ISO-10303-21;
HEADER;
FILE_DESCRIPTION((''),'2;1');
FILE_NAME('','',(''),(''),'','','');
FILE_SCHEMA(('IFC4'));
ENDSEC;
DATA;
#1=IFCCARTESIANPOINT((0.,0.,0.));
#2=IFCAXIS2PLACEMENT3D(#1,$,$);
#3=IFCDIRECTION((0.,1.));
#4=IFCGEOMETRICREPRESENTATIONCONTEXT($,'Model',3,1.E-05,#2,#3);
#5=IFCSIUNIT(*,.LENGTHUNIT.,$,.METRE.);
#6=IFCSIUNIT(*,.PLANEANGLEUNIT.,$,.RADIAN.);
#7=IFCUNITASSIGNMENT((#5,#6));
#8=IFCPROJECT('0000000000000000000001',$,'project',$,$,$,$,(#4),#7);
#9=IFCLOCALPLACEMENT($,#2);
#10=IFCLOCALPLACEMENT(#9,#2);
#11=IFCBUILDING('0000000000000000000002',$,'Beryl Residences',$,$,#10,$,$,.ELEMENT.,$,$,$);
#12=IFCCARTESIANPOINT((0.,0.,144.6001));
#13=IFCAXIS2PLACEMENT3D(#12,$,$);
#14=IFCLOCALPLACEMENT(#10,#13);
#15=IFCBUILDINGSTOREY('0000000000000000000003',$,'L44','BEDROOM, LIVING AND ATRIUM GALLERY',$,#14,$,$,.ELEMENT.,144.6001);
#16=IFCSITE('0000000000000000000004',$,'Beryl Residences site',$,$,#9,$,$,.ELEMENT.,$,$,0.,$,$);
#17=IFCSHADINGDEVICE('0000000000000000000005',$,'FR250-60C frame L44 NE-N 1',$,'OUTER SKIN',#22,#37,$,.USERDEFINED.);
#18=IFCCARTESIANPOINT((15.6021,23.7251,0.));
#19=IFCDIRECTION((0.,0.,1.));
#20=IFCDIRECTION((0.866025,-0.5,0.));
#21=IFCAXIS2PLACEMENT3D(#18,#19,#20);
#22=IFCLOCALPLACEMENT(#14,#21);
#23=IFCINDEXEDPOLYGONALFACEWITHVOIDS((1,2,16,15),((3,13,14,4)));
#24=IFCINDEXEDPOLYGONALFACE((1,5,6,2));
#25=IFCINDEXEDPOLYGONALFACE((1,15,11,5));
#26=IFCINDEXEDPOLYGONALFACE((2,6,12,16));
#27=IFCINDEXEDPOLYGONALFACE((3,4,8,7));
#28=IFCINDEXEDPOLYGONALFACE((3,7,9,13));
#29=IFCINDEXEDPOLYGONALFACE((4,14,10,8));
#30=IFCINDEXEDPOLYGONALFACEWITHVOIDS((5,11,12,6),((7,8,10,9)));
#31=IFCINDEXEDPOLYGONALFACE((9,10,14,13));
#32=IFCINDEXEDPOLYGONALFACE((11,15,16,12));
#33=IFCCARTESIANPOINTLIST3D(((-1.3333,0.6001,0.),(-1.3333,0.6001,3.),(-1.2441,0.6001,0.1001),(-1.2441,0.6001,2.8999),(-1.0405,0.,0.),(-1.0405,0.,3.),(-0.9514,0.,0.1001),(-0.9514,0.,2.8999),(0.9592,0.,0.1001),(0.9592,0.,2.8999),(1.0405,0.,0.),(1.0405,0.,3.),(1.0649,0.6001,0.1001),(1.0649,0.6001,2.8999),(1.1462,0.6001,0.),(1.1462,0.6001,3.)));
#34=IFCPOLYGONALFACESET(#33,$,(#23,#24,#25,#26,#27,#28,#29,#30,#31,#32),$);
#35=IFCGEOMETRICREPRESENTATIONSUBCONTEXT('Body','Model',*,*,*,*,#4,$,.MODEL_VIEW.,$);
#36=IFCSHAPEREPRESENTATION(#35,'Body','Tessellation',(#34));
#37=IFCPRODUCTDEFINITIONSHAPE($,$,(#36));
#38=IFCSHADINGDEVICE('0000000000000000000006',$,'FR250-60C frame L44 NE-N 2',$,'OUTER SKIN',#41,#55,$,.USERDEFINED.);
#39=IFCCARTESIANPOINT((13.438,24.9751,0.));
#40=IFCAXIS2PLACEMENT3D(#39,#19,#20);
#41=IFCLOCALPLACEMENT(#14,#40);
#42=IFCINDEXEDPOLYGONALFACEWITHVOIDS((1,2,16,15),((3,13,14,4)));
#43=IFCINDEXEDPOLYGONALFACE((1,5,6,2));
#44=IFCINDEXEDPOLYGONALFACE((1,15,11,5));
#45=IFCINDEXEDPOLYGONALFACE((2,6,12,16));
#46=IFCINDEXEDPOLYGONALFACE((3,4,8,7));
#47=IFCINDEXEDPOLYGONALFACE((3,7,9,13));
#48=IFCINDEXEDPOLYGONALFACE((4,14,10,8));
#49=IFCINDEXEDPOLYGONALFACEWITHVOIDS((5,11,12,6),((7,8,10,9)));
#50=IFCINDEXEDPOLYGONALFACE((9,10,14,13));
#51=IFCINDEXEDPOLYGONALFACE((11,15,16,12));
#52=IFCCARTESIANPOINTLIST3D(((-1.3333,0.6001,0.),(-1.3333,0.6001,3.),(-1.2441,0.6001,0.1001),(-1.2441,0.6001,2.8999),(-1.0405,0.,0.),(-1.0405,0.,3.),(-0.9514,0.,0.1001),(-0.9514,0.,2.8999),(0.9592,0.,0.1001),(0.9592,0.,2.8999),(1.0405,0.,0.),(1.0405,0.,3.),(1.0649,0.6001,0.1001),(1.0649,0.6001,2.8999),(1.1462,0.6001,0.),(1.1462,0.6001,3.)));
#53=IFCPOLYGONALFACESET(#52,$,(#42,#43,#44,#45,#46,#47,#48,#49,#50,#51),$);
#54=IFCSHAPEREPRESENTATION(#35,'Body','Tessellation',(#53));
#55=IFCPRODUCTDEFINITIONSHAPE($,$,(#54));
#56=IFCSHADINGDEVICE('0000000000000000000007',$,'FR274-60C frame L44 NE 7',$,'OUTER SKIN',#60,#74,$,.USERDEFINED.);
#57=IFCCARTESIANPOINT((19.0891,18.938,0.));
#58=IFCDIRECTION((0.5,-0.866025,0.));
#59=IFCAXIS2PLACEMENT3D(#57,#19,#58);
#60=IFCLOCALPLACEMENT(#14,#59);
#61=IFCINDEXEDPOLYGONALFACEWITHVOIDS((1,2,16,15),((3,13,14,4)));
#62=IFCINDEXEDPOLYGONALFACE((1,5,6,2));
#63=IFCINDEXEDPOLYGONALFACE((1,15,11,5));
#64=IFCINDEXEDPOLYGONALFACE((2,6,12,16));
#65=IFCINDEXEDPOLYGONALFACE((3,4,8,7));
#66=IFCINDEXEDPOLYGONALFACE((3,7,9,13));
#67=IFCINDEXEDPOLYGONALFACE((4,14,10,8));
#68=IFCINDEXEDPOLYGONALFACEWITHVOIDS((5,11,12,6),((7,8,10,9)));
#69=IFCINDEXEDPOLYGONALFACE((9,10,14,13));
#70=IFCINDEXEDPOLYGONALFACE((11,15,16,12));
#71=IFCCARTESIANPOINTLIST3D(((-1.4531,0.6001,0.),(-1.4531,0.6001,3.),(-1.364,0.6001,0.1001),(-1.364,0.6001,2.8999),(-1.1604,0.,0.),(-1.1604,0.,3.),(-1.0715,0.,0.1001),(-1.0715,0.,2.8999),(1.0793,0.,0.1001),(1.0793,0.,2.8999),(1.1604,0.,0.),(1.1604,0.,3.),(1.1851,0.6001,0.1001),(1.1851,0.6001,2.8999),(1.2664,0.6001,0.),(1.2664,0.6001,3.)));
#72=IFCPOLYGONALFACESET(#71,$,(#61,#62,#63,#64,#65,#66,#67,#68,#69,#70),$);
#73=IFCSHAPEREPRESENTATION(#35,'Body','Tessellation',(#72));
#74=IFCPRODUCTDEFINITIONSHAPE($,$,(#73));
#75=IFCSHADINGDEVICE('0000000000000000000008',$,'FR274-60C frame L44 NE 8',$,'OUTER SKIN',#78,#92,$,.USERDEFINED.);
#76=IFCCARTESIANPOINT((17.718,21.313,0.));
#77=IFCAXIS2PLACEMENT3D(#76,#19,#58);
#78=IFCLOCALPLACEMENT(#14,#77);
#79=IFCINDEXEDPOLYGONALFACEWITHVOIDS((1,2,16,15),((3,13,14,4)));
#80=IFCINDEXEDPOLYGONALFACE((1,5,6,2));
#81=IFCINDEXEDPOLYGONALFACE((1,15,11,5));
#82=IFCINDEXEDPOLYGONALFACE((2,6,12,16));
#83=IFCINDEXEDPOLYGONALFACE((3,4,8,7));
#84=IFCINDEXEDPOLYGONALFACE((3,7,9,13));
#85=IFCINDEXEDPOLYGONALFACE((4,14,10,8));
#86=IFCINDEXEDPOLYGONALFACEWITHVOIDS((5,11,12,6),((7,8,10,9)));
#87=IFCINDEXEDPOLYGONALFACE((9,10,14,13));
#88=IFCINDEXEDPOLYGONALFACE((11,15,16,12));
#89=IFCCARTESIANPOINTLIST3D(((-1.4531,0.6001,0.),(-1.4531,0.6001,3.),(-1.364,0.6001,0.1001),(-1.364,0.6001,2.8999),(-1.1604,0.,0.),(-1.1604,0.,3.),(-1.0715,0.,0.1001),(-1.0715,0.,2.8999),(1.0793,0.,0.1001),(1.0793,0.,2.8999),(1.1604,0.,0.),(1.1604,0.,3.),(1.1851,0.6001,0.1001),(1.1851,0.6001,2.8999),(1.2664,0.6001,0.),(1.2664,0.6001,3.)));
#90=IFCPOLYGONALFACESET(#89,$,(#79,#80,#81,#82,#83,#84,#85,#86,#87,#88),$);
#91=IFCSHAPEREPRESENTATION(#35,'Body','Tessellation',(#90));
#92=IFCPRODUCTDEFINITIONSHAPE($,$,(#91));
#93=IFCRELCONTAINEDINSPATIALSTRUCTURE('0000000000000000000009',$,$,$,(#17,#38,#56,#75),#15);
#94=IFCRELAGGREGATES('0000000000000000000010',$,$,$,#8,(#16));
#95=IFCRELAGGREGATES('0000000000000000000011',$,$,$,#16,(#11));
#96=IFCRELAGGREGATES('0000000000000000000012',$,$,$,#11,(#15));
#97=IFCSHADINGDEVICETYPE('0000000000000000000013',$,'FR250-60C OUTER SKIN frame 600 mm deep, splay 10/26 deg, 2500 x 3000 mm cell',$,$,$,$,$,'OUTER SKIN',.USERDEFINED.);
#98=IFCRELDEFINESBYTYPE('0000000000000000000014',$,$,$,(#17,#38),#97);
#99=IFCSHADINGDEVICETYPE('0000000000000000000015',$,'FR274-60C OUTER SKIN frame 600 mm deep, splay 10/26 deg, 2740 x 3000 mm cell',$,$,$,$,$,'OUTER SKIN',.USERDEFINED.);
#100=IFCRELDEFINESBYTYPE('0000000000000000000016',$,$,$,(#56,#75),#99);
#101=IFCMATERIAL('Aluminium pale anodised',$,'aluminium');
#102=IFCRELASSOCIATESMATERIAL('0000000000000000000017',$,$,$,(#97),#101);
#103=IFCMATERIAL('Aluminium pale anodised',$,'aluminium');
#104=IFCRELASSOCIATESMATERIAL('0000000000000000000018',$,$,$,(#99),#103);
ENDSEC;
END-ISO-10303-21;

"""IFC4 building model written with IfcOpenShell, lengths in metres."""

from ifc_helpers import new_model, entity, si_unit, direction, frame, origin, place, context, subcontext, project, spatial, source, transform, mapped, material, type_object, type_shapes, element, save


model = new_model("IFC4")

# Units and contexts
model_context = context("Model", 3, precision=1e-05, world=origin(), true_north=direction((0.0, 1.0)))
body_context = subcontext(model_context, "Body", "Model", "MODEL_VIEW")
ifc_project = project(units=[si_unit("LENGTHUNIT", "METRE"), si_unit("PLANEANGLEUNIT", "RADIAN")], contexts=[model_context])

# Site, building, storey
site_placement = place(None, origin())
site = spatial("IfcSite", under=ifc_project, at=site_placement, Name="Beryl Residences site", CompositionType="ELEMENT", RefElevation=0.0)
building_placement = place(site_placement, origin())
building = spatial("IfcBuilding", under=site, at=building_placement, Name="Beryl Residences", CompositionType="ELEMENT")
storey_placement = place(building_placement, frame((0.0, 0.0, 144.6001)))
storey = spatial("IfcBuildingStorey", under=building, at=storey_placement, Name="L44", Description="BEDROOM, LIVING AND ATRIUM GALLERY", CompositionType="ELEMENT", Elevation=144.6001)

# Shading devices
ifc_material_1 = material(Name="Aluminium pale anodised", Category="aluminium")
shading_device_type_1 = type_object("IfcShadingDeviceType", Name="FR250-60C OUTER SKIN frame 600 mm deep, splay 10/26 deg, 2500 x 3000 mm cell", ElementType="OUTER SKIN", PredefinedType="USERDEFINED", material=ifc_material_1)
cartesian_point_1 = entity("IfcCartesianPoint", [-1.0405, 0.0])
cartesian_point_2 = entity("IfcCartesianPoint", [-0.9592, 0.1001])
cartesian_point_3 = entity("IfcCartesianPoint", [-1.1462, 0.0])
cartesian_point_4 = entity("IfcCartesianPoint", [-1.0649, 0.1001])
shared_shape_1 = source(origin(), body_context, "Body", "SweptSolid", [
    entity("IfcExtrudedAreaSolidTapered", entity("IfcArbitraryProfileDefWithVoids", "AREA", None, entity("IfcPolyline", [cartesian_point_1, entity("IfcCartesianPoint", [1.0405, 0.0]), entity("IfcCartesianPoint", [1.0405, 3.0]), entity("IfcCartesianPoint", [-1.0405, 3.0]), cartesian_point_1]), [entity("IfcPolyline", [cartesian_point_2, entity("IfcCartesianPoint", [0.9514, 0.1001]), entity("IfcCartesianPoint", [0.9514, 2.8999]), entity("IfcCartesianPoint", [-0.9592, 2.8999]), cartesian_point_2])]), entity("IfcAxis2Placement3D", entity("IfcCartesianPoint", [0.0, 0.0, 0.0]), entity("IfcDirection", [0.0, 1.0, 0.0]), entity("IfcDirection", [-1.0, 0.0, 0.0])), entity("IfcDirection", [0.0, 0.0, 1.0]), 0.6001, entity("IfcArbitraryProfileDefWithVoids", "AREA", None, entity("IfcPolyline", [cartesian_point_3, entity("IfcCartesianPoint", [1.3333, 0.0]), entity("IfcCartesianPoint", [1.3333, 3.0]), entity("IfcCartesianPoint", [-1.1462, 3.0]), cartesian_point_3]), [entity("IfcPolyline", [cartesian_point_4, entity("IfcCartesianPoint", [1.2441, 0.1001]), entity("IfcCartesianPoint", [1.2441, 2.8999]), entity("IfcCartesianPoint", [-1.0649, 2.8999]), cartesian_point_4])])),
])
type_shapes(shading_device_type_1, [shared_shape_1])
for number, where, z_axis, x_axis, name in (
    (1, (15.6021, 23.7251, 0.0), (0.0, 0.0, 1.0), (0.866025, -0.5, 0.0), "FR250-60C frame L44 NE-N 1"),
    (2, (13.438, 24.9751, 0.0), (0.0, 0.0, 1.0), (0.866025, -0.5, 0.0), "FR250-60C frame L44 NE-N 2"),
):
    element("IfcShadingDevice", number, at=place(storey_placement, frame(where, z_axis=z_axis, x_axis=x_axis)), inside=storey, type_object=shading_device_type_1, Name=name, ObjectType="OUTER SKIN", PredefinedType="USERDEFINED", context=body_context, shape_type="MappedRepresentation", body=[
        mapped(shared_shape_1, transform((0.0, 0.0, 0.0))),
    ])
ifc_material_2 = material(Name="Aluminium pale anodised", Category="aluminium")
shading_device_type_2 = type_object("IfcShadingDeviceType", Name="FR274-60C OUTER SKIN frame 600 mm deep, splay 10/26 deg, 2740 x 3000 mm cell", ElementType="OUTER SKIN", PredefinedType="USERDEFINED", material=ifc_material_2)
cartesian_point_5 = entity("IfcCartesianPoint", [-1.1604, 0.0])
cartesian_point_6 = entity("IfcCartesianPoint", [-1.0793, 0.1001])
cartesian_point_7 = entity("IfcCartesianPoint", [-1.2664, 0.0])
cartesian_point_8 = entity("IfcCartesianPoint", [-1.1851, 0.1001])
shared_shape_2 = source(origin(), body_context, "Body", "SweptSolid", [
    entity("IfcExtrudedAreaSolidTapered", entity("IfcArbitraryProfileDefWithVoids", "AREA", None, entity("IfcPolyline", [cartesian_point_5, entity("IfcCartesianPoint", [1.1604, 0.0]), entity("IfcCartesianPoint", [1.1604, 3.0]), entity("IfcCartesianPoint", [-1.1604, 3.0]), cartesian_point_5]), [entity("IfcPolyline", [cartesian_point_6, entity("IfcCartesianPoint", [1.0715, 0.1001]), entity("IfcCartesianPoint", [1.0715, 2.8999]), entity("IfcCartesianPoint", [-1.0793, 2.8999]), cartesian_point_6])]), entity("IfcAxis2Placement3D", entity("IfcCartesianPoint", [0.0, 0.0, 0.0]), entity("IfcDirection", [0.0, 1.0, 0.0]), entity("IfcDirection", [-1.0, 0.0, 0.0])), entity("IfcDirection", [0.0, 0.0, 1.0]), 0.6001, entity("IfcArbitraryProfileDefWithVoids", "AREA", None, entity("IfcPolyline", [cartesian_point_7, entity("IfcCartesianPoint", [1.4531, 0.0]), entity("IfcCartesianPoint", [1.4531, 3.0]), entity("IfcCartesianPoint", [-1.2664, 3.0]), cartesian_point_7]), [entity("IfcPolyline", [cartesian_point_8, entity("IfcCartesianPoint", [1.364, 0.1001]), entity("IfcCartesianPoint", [1.364, 2.8999]), entity("IfcCartesianPoint", [-1.1851, 2.8999]), cartesian_point_8])])),
])
type_shapes(shading_device_type_2, [shared_shape_2])
for number, where, z_axis, x_axis, name in (
    (3, (19.0891, 18.938, 0.0), (0.0, 0.0, 1.0), (0.5, -0.866025, 0.0), "FR274-60C frame L44 NE 7"),
    (4, (17.718, 21.313, 0.0), (0.0, 0.0, 1.0), (0.5, -0.866025, 0.0), "FR274-60C frame L44 NE 8"),
):
    element("IfcShadingDevice", number, at=place(storey_placement, frame(where, z_axis=z_axis, x_axis=x_axis)), inside=storey, type_object=shading_device_type_2, Name=name, ObjectType="OUTER SKIN", PredefinedType="USERDEFINED", context=body_context, shape_type="MappedRepresentation", body=[
        mapped(shared_shape_2, transform((0.0, 0.0, 0.0))),
    ])

save(model, "model.ifc")
